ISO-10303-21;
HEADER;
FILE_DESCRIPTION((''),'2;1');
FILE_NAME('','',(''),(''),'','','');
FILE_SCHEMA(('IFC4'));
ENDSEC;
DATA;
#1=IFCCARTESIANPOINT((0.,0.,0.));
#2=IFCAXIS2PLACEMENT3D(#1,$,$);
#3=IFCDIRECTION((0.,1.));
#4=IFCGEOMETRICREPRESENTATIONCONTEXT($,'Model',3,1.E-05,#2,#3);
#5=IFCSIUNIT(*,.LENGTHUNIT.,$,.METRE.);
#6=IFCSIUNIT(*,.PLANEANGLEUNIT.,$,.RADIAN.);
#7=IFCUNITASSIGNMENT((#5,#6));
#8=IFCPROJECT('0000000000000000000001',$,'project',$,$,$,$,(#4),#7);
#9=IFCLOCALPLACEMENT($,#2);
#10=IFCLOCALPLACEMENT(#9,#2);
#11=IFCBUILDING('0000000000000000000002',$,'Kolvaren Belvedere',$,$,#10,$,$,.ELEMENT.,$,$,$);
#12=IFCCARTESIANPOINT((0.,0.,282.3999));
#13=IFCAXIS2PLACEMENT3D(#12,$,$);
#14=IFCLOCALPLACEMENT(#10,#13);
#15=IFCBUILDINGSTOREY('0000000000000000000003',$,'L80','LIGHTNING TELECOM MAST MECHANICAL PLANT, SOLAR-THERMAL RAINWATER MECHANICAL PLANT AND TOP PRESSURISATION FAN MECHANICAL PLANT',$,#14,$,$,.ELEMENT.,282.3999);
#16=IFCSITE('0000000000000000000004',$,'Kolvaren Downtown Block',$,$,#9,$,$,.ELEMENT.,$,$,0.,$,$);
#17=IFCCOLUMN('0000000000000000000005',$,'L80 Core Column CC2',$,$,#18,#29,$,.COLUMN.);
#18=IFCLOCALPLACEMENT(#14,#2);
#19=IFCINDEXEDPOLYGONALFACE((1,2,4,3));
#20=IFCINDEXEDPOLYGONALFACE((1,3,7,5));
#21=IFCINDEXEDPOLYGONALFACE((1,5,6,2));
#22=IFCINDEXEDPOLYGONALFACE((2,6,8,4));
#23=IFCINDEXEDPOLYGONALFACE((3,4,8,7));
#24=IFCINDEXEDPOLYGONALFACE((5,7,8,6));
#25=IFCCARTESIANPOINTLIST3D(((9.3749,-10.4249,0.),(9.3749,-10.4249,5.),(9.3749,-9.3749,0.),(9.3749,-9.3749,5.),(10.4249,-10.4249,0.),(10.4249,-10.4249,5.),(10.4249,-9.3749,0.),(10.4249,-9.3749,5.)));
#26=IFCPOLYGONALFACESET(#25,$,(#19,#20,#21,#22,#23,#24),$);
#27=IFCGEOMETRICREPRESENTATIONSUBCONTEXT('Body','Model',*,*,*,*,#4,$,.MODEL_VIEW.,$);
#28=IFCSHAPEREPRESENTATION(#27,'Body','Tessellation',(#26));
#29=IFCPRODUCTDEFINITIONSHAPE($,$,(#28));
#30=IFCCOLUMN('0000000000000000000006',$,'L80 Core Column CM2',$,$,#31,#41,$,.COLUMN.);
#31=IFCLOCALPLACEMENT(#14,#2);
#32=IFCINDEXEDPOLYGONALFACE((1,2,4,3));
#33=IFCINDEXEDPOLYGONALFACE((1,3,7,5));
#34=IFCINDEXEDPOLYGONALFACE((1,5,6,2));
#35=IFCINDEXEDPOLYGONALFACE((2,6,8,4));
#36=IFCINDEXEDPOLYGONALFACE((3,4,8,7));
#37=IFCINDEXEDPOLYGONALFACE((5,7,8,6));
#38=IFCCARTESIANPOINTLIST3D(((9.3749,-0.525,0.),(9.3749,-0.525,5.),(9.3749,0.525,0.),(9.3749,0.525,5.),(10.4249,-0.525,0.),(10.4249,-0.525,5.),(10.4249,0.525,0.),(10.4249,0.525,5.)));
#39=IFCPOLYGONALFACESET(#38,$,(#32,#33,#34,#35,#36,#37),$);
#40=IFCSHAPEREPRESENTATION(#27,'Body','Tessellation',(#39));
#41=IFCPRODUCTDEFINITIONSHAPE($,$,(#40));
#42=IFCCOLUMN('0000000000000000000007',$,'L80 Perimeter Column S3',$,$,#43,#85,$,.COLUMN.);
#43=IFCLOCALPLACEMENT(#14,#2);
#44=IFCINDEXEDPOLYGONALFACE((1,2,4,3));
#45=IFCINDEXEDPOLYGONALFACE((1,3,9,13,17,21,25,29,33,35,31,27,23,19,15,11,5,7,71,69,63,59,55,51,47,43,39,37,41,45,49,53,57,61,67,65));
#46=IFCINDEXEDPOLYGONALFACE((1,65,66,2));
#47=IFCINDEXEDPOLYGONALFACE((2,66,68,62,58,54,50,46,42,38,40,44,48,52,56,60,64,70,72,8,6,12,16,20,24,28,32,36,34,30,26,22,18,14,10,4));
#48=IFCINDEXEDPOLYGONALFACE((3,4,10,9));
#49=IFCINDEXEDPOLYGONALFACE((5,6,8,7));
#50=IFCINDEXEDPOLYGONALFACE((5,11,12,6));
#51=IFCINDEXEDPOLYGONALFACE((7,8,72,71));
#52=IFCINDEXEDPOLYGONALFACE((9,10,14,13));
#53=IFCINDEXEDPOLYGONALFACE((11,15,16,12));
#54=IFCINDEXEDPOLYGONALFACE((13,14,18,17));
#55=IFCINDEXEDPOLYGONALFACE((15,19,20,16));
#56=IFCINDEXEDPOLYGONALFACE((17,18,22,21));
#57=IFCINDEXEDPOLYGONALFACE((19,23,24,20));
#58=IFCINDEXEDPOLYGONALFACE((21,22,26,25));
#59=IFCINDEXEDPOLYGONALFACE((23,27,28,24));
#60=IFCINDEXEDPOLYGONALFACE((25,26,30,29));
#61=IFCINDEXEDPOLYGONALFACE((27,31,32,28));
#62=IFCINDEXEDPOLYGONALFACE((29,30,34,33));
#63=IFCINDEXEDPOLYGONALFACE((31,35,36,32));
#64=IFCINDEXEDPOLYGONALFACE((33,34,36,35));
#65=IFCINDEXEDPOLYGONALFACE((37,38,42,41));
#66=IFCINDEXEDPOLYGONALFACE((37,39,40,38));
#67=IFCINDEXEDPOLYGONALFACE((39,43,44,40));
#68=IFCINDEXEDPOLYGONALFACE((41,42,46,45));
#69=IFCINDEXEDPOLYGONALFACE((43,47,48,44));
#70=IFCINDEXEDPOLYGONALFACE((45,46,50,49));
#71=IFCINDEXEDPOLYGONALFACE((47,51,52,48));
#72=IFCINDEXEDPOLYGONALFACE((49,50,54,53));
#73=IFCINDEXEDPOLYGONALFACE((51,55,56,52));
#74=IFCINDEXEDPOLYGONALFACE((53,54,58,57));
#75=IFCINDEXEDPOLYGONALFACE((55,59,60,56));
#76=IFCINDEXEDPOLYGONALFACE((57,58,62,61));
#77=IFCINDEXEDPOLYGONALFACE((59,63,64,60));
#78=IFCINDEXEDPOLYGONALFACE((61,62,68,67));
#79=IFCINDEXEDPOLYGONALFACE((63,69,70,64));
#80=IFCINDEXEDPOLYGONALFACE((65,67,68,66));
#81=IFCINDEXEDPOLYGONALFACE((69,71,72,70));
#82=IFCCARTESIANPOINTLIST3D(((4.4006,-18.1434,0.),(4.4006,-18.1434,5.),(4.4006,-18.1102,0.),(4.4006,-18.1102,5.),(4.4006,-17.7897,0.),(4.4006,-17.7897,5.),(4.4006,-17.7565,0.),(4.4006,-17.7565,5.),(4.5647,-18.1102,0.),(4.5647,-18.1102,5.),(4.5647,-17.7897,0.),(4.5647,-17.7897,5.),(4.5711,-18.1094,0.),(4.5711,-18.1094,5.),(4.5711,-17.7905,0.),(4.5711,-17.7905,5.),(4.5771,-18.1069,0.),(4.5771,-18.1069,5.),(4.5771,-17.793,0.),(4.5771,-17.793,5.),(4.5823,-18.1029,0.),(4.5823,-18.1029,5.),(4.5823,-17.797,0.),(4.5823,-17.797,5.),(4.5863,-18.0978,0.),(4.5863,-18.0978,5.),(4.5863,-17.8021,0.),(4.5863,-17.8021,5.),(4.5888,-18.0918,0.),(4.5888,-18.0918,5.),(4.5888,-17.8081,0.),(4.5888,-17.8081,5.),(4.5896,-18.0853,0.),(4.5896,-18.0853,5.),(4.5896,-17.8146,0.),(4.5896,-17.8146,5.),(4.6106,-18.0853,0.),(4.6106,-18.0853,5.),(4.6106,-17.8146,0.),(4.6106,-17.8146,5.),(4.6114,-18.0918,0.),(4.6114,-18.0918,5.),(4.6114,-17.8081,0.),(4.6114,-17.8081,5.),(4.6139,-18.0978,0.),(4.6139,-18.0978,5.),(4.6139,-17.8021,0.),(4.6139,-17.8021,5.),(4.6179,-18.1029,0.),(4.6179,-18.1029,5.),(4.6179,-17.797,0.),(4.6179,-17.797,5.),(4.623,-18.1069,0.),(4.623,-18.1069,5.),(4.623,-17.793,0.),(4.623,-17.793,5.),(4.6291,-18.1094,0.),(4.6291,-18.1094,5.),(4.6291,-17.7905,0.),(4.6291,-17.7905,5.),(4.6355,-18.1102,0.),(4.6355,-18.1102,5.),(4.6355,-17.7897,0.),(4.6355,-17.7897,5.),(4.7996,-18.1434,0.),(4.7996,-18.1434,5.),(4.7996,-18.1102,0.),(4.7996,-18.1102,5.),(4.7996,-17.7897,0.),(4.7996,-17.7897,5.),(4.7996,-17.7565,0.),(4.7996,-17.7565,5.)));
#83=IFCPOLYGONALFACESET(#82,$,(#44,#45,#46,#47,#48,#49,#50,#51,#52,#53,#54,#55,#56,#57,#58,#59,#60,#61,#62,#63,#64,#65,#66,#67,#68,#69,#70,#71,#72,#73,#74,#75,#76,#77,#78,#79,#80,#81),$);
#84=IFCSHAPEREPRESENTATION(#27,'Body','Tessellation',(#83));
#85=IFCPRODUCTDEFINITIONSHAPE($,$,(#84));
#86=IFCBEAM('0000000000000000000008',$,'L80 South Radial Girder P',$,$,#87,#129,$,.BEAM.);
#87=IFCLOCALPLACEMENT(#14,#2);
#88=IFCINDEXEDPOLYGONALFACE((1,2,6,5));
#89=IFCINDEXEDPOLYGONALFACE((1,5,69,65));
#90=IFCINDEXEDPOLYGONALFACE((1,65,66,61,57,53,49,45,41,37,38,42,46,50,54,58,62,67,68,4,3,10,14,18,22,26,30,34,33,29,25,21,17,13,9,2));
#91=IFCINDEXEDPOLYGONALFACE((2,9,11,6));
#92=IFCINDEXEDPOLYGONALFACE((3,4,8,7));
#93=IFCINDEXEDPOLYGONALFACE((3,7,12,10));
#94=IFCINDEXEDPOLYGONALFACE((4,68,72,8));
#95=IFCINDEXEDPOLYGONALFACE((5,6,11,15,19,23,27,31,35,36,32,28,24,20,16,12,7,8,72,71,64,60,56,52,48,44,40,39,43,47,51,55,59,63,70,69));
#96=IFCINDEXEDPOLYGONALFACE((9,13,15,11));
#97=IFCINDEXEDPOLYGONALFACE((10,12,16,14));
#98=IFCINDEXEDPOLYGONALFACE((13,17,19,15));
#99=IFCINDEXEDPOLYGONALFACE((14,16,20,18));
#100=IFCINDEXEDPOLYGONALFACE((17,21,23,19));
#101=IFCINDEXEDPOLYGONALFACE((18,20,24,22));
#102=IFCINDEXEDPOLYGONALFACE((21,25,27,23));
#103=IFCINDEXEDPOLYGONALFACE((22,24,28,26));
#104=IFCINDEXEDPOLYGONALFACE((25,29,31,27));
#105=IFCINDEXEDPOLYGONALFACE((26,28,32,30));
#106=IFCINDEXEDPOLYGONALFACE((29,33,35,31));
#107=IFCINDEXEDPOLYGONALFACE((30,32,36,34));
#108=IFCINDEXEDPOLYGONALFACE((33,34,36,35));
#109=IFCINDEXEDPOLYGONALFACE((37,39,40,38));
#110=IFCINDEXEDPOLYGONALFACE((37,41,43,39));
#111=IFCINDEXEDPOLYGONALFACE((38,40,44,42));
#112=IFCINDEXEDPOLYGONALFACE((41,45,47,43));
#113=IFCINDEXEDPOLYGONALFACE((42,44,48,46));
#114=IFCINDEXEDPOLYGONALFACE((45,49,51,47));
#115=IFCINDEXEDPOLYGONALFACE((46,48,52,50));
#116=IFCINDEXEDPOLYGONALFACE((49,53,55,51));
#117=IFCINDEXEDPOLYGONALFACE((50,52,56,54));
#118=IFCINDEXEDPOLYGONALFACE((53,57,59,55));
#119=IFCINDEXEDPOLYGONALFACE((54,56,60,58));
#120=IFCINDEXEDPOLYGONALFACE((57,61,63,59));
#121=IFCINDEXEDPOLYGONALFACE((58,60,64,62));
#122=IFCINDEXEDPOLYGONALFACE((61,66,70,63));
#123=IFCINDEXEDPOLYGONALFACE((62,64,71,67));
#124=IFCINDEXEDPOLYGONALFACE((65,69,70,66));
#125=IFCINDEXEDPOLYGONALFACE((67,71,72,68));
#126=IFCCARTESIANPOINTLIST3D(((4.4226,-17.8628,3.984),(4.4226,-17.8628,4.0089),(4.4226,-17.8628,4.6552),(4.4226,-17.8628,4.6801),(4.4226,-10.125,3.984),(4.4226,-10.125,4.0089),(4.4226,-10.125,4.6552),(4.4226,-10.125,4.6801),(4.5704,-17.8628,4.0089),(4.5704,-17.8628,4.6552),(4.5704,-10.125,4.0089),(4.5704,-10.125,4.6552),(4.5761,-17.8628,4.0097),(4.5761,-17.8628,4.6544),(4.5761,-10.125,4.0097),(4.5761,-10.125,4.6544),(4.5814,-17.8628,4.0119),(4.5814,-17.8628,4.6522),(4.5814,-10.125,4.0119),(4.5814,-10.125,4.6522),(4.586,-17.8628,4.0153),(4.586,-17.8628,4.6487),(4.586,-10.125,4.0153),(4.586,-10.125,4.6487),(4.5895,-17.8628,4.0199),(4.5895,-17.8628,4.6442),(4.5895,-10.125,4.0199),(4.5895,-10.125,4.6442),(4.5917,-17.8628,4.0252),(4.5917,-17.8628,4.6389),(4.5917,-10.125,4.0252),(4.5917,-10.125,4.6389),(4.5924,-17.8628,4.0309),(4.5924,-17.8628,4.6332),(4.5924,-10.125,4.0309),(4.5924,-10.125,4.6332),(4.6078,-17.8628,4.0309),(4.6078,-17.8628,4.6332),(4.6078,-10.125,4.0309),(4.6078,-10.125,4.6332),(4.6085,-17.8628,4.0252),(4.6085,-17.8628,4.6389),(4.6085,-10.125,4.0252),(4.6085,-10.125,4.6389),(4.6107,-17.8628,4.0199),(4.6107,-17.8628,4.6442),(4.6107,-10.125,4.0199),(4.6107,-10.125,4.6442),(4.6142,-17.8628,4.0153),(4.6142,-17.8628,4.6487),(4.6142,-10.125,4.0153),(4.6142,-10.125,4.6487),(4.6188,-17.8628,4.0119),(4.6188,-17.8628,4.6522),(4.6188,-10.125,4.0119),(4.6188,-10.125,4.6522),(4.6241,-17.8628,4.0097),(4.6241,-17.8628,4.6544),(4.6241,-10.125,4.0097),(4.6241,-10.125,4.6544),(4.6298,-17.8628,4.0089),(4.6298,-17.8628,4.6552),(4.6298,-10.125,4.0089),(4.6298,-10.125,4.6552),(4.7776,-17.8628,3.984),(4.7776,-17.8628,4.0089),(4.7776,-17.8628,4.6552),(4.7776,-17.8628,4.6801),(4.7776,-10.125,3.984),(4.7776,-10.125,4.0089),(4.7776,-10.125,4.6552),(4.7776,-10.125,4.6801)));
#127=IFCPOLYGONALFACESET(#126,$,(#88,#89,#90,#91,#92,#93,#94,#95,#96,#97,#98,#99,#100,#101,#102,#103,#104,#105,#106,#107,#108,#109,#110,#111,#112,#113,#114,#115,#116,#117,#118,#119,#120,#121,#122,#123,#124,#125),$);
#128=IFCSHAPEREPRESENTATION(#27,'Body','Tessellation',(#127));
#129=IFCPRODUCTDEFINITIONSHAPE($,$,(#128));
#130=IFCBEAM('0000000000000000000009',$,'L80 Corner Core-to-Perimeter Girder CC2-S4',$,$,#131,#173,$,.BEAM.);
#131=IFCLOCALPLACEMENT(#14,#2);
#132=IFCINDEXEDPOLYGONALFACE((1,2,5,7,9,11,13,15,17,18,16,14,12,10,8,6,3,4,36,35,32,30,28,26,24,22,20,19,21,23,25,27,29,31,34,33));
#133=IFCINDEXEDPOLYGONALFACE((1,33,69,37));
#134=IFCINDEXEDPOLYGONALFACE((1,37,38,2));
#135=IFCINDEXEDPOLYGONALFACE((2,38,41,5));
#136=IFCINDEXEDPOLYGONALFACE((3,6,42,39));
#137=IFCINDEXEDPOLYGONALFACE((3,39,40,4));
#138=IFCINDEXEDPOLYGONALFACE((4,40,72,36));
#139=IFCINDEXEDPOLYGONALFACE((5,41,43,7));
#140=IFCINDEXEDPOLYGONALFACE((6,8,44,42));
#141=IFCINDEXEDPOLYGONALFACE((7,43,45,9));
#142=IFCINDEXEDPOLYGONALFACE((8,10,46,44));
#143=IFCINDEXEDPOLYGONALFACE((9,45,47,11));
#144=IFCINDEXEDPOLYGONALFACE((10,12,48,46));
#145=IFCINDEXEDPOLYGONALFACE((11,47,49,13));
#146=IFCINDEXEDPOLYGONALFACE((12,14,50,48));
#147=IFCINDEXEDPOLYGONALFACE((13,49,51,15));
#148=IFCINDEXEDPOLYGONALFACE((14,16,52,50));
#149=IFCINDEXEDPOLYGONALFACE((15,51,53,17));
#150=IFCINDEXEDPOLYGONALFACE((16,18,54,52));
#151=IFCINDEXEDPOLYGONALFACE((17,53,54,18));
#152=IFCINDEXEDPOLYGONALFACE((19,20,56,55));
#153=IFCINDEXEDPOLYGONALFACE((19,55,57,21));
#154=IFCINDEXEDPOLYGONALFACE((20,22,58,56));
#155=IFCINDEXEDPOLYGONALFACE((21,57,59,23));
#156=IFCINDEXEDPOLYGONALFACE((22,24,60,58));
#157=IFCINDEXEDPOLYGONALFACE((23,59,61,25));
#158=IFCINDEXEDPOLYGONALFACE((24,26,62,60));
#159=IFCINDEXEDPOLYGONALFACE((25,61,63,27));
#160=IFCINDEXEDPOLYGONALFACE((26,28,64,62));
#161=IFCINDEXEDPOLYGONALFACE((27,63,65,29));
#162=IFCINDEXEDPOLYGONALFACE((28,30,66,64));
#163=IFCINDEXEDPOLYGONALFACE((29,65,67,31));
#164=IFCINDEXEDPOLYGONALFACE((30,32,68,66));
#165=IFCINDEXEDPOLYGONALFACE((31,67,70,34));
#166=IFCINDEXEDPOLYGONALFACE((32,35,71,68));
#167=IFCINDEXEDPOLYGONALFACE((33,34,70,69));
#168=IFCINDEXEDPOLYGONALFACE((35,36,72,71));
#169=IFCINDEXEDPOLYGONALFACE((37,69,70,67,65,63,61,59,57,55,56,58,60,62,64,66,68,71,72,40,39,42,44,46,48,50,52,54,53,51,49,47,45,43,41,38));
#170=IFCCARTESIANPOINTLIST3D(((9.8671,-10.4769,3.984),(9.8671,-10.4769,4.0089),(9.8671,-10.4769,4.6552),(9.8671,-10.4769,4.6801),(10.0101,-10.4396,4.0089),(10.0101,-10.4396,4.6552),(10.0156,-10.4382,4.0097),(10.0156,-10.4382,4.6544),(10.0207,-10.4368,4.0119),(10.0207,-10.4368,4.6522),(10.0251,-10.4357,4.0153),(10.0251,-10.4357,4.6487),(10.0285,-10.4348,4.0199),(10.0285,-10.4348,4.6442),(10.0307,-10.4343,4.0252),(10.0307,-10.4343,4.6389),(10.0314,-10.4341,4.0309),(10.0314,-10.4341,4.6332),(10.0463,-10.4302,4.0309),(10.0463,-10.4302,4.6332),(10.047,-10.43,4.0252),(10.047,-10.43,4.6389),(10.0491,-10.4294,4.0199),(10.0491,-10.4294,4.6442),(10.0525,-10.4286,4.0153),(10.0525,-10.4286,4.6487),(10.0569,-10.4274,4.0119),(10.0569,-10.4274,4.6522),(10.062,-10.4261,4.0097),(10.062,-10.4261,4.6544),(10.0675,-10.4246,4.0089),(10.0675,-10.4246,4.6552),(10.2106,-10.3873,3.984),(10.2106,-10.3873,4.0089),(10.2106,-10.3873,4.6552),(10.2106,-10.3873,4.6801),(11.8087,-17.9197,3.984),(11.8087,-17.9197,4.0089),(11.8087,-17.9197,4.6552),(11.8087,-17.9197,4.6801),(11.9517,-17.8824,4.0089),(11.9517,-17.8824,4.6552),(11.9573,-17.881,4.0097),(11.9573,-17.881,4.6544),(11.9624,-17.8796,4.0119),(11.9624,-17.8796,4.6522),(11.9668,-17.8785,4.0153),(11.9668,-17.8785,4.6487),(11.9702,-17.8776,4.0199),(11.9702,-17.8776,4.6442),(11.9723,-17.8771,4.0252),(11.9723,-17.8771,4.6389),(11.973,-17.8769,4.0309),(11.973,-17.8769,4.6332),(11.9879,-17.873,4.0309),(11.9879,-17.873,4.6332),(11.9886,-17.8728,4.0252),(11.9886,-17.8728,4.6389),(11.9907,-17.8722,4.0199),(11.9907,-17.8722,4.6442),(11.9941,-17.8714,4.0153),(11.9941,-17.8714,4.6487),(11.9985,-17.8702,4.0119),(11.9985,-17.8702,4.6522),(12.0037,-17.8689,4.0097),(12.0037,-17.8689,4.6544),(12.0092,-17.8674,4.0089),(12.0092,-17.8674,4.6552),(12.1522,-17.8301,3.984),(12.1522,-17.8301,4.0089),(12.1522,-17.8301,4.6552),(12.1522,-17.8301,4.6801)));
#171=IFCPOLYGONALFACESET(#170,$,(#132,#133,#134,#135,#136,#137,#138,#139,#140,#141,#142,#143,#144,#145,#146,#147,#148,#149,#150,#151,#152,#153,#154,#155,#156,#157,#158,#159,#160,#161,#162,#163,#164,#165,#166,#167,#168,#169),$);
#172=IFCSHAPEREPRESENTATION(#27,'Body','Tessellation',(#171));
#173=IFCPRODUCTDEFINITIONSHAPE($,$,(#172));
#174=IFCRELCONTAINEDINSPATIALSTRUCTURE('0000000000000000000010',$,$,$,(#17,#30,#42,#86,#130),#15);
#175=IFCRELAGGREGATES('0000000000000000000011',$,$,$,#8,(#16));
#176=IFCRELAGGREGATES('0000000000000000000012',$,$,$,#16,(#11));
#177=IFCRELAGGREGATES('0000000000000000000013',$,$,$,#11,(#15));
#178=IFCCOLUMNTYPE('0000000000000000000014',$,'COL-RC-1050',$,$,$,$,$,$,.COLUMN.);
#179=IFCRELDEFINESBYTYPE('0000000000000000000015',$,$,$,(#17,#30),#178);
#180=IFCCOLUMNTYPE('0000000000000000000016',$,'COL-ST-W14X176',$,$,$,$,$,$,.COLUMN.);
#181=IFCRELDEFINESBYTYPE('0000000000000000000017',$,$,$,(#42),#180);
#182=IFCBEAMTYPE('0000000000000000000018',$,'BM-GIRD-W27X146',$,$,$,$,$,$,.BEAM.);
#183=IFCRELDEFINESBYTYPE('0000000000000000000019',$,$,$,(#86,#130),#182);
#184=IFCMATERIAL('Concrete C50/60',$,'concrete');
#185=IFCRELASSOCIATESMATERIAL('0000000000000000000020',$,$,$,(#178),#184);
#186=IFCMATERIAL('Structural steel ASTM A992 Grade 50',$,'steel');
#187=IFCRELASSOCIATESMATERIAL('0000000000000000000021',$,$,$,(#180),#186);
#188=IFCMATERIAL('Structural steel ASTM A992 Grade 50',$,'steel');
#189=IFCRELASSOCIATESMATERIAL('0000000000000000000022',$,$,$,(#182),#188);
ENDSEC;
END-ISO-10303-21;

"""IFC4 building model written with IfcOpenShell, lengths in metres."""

from ifc_helpers import new_model, si_unit, direction, frame, origin, origin_2d, place, context, subcontext, project, spatial, rectangle, i_section, extrude, material, material_profile, profile_set, type_object, element, save


model = new_model("IFC4")

# Units and contexts
model_context = context("Model", 3, precision=1e-05, world=origin(), true_north=direction((0.0, 1.0)))
body_context = subcontext(model_context, "Body", "Model", "MODEL_VIEW")
ifc_project = project(units=[si_unit("LENGTHUNIT", "METRE"), si_unit("PLANEANGLEUNIT", "RADIAN")], contexts=[model_context])

# Site, building, storey
site_placement = place(None, origin())
site = spatial("IfcSite", under=ifc_project, at=site_placement, Name="Kolvaren Downtown Block", CompositionType="ELEMENT", RefElevation=0.0)
building_placement = place(site_placement, origin())
building = spatial("IfcBuilding", under=site, at=building_placement, Name="Kolvaren Belvedere", CompositionType="ELEMENT")
storey_placement = place(building_placement, frame((0.0, 0.0, 282.3999)))
storey = spatial("IfcBuildingStorey", under=building, at=storey_placement, Name="L80", Description="LIGHTNING TELECOM MAST MECHANICAL PLANT, SOLAR-THERMAL RAINWATER MECHANICAL PLANT AND TOP PRESSURISATION FAN MECHANICAL PLANT", CompositionType="ELEMENT", Elevation=282.3999)

# Columns
ifc_material_1 = material(Name="Concrete C50/60", Category="concrete")
ifc_material_profile_1 = material_profile(ifc_material_1, rectangle(XDim=1.05, YDim=1.05, at=origin_2d()), Name="RC 1050X1050")
ifc_profile_set_1 = profile_set([ifc_material_profile_1], Name="Concrete C50/60")
column_type_1 = type_object("IfcColumnType", Name="COL-RC-1050", PredefinedType="COLUMN", material=ifc_profile_set_1)
for number, where, z_axis, x_axis, name in (
    (1, (9.8999, -9.8999, 0.0), (0.0, 0.0, 1.0), (1.0, 0.0, 0.0), "L80 Core Column CC2"),
    (2, (9.8999, 0.0, 0.0), (0.0, 0.0, 1.0), (1.0, 0.0, 0.0), "L80 Core Column CM2"),
):
    element("IfcColumn", number, at=place(storey_placement, frame(where, z_axis=z_axis, x_axis=x_axis)), inside=storey, type_object=column_type_1, Name=name, PredefinedType="COLUMN", context=body_context, shape_type="SweptSolid", body=[
        extrude(rectangle(XDim=1.05, YDim=1.05, at=origin_2d()), origin(), (0.0, 0.0, 1.0), 5.0),
    ])
ifc_material_2 = material(Name="Structural steel ASTM A992 Grade 50", Category="steel")
ifc_material_profile_2 = material_profile(ifc_material_2, i_section(OverallWidth=0.3989, OverallDepth=0.387, WebThickness=0.021, FlangeThickness=0.0332, FilletRadius=0.0249, at=origin_2d()), Name="W14X176")
ifc_profile_set_2 = profile_set([ifc_material_profile_2], Name="Structural steel ASTM A992 Grade 50")
column_type_2 = type_object("IfcColumnType", Name="COL-ST-W14X176", PredefinedType="COLUMN", material=ifc_profile_set_2)
column_placement = place(storey_placement, frame((4.6001, -17.95, 0.0), z_axis=(0.0, 0.0, 1.0), x_axis=(1.0, 0.0, 0.0)))
element("IfcColumn", 3, at=column_placement, inside=storey, type_object=column_type_2, Name="L80 Perimeter Column S3", PredefinedType="COLUMN", context=body_context, shape_type="SweptSolid", body=[
    extrude(i_section(OverallWidth=0.3989, OverallDepth=0.387, WebThickness=0.021, FlangeThickness=0.0332, FilletRadius=0.0249, at=origin_2d()), origin(), (0.0, 0.0, 1.0), 5.0),
])

# Beams
ifc_material_3 = material(Name="Structural steel ASTM A992 Grade 50", Category="steel")
ifc_material_profile_3 = material_profile(ifc_material_3, i_section(OverallWidth=0.355, OverallDepth=0.696, WebThickness=0.0154, FlangeThickness=0.0249, FilletRadius=0.022, at=origin_2d()), Name="W27X146")
ifc_profile_set_3 = profile_set([ifc_material_profile_3], Name="Structural steel ASTM A992 Grade 50")
beam_type_1 = type_object("IfcBeamType", Name="BM-GIRD-W27X146", PredefinedType="BEAM", material=ifc_profile_set_3)
beam_1_placement = place(storey_placement, frame((4.6001, -10.125, 4.332), z_axis=(0.0, -1.0, 0.0), x_axis=(1.0, 0.0, 0.0)))
element("IfcBeam", 4, at=beam_1_placement, inside=storey, type_object=beam_type_1, Name="L80 South Radial Girder P", PredefinedType="BEAM", context=body_context, shape_type="SweptSolid", body=[
    extrude(i_section(OverallWidth=0.355, OverallDepth=0.696, WebThickness=0.0154, FlangeThickness=0.0249, FilletRadius=0.022, at=origin_2d()), origin(), (0.0, 0.0, 1.0), 7.7378),
])
beam_2_placement = place(storey_placement, frame((10.0388, -10.4321, 4.332), z_axis=(0.252426, -0.967616, 0.0), x_axis=(0.967616, 0.252426, 0.0)))
element("IfcBeam", 5, at=beam_2_placement, inside=storey, type_object=beam_type_1, Name="L80 Corner Core-to-Perimeter Girder CC2-S4", PredefinedType="BEAM", context=body_context, shape_type="SweptSolid", body=[
    extrude(i_section(OverallWidth=0.355, OverallDepth=0.696, WebThickness=0.0154, FlangeThickness=0.0249, FilletRadius=0.022, at=origin_2d()), origin(), (0.0, 0.0, 1.0), 7.6919),
])

save(model, "model.ifc")
